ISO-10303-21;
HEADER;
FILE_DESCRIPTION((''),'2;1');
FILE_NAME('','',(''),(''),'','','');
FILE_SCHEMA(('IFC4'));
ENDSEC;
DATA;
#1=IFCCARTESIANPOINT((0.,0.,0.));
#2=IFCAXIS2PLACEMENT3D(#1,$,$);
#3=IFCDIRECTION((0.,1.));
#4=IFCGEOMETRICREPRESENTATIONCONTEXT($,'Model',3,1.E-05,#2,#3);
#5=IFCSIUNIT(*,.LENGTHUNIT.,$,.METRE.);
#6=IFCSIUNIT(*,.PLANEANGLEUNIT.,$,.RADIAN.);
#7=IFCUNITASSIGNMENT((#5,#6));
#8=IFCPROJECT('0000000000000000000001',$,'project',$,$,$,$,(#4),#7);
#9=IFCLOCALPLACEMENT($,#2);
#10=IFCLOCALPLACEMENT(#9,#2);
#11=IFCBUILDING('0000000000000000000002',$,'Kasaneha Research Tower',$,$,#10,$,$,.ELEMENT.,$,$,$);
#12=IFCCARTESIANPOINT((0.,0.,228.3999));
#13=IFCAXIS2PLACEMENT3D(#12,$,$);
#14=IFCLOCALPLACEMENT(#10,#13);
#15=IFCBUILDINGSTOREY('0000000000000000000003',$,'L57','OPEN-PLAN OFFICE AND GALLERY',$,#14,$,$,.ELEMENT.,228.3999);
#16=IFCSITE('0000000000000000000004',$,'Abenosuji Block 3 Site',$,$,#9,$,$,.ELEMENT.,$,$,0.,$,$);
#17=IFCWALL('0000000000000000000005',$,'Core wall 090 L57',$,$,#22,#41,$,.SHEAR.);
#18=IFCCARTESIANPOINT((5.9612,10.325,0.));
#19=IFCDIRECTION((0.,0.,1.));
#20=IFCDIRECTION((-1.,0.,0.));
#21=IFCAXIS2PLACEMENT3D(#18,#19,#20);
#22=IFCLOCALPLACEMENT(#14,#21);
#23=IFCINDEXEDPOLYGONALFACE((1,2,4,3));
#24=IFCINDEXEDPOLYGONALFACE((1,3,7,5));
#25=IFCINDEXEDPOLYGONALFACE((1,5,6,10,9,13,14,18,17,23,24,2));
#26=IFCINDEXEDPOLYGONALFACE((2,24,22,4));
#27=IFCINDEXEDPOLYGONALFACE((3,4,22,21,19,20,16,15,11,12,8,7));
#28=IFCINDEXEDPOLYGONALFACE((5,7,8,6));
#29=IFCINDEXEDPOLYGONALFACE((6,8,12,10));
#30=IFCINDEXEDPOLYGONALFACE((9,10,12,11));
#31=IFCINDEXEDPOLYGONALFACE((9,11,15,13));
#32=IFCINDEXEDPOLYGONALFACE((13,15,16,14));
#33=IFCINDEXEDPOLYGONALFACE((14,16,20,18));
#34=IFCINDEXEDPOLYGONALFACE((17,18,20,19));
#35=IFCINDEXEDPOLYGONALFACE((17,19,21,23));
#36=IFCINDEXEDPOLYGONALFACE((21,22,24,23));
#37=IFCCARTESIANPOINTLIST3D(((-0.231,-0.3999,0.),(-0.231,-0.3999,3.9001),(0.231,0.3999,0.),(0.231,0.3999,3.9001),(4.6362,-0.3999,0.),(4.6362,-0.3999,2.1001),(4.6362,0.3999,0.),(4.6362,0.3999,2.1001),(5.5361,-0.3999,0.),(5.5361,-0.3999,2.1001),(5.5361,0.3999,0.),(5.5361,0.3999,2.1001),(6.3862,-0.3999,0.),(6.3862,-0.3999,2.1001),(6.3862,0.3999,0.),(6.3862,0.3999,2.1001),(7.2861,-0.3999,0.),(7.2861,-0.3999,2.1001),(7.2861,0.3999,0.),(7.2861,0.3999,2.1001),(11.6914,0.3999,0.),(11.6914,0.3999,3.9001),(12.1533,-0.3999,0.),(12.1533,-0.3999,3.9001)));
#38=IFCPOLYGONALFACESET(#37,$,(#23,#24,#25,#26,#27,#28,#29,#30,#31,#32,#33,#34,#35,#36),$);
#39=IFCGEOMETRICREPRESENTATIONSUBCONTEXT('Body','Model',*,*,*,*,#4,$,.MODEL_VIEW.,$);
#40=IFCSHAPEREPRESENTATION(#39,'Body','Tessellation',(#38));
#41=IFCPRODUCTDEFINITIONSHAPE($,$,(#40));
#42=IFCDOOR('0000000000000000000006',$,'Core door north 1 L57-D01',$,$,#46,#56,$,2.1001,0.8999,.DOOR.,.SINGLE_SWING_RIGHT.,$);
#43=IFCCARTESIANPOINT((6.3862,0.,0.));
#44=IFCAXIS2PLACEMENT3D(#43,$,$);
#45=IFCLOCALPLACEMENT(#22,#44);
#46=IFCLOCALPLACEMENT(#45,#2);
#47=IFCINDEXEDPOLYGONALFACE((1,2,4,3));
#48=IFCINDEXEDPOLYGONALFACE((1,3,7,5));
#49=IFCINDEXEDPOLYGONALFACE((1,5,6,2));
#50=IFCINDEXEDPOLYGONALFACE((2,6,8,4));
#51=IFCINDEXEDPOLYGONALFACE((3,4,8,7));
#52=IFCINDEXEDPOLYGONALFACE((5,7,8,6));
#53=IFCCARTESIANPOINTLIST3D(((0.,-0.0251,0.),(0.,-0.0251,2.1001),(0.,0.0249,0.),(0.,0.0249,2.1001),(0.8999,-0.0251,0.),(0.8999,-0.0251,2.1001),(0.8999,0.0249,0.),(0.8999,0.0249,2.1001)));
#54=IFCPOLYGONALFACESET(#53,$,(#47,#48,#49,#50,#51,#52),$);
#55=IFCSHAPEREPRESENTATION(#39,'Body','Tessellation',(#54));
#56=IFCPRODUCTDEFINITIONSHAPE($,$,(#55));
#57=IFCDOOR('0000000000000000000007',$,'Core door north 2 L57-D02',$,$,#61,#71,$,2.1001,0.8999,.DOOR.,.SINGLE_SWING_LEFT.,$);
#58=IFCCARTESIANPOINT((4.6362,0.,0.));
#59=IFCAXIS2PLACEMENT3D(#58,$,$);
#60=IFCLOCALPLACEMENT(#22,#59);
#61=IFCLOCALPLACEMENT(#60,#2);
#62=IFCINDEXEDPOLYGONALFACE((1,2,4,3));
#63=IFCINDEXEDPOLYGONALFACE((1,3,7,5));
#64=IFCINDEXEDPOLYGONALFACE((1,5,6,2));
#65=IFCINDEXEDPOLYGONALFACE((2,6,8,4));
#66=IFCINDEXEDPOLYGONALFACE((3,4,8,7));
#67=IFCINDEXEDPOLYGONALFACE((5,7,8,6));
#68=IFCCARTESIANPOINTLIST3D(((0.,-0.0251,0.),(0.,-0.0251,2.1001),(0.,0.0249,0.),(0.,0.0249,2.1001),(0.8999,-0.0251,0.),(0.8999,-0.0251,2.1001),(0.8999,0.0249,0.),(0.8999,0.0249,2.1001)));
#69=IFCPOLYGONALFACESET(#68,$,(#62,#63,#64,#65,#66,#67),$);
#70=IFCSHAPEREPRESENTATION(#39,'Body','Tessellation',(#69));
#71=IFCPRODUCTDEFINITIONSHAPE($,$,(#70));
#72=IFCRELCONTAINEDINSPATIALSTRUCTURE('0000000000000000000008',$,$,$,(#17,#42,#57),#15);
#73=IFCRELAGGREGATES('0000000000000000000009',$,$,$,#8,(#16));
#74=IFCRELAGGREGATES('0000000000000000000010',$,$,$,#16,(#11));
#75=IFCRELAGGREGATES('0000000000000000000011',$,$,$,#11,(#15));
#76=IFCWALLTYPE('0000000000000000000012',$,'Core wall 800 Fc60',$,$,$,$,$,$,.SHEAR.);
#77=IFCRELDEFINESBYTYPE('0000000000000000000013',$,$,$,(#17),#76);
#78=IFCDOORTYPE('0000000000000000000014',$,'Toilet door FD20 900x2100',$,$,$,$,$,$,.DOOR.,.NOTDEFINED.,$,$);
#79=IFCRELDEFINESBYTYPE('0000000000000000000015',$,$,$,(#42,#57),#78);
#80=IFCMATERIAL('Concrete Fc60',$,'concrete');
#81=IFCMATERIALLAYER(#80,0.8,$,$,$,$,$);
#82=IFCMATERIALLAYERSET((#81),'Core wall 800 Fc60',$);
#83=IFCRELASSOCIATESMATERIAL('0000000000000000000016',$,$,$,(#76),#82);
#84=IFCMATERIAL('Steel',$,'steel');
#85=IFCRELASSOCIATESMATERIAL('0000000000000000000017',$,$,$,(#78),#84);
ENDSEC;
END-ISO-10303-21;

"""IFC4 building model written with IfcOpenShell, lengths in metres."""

from ifc_helpers import new_model, si_unit, direction, frame, frame_2d, origin, place, context, subcontext, project, spatial, polyline, rectangle, outline, extrude, material, layer, layer_set, type_object, element, fill, save


model = new_model("IFC4")

# Units and contexts
model_context = context("Model", 3, precision=1e-05, world=origin(), true_north=direction((0.0, 1.0)))
body_context = subcontext(model_context, "Body", "Model", "MODEL_VIEW")
ifc_project = project(units=[si_unit("LENGTHUNIT", "METRE"), si_unit("PLANEANGLEUNIT", "RADIAN")], contexts=[model_context])

# Site, building, storey
site_placement = place(None, origin())
site = spatial("IfcSite", under=ifc_project, at=site_placement, Name="Abenosuji Block 3 Site", CompositionType="ELEMENT", RefElevation=0.0)
building_placement = place(site_placement, origin())
building = spatial("IfcBuilding", under=site, at=building_placement, Name="Kasaneha Research Tower", CompositionType="ELEMENT")
storey_placement = place(building_placement, frame((0.0, 0.0, 228.3999)))
storey = spatial("IfcBuildingStorey", under=building, at=storey_placement, Name="L57", Description="OPEN-PLAN OFFICE AND GALLERY", CompositionType="ELEMENT", Elevation=228.3999)

# Wall, openings, doors
ifc_material_1 = material(Name="Concrete Fc60", Category="concrete")
ifc_layer_1 = layer(ifc_material_1, 0.8)
ifc_layer_set_1 = layer_set([ifc_layer_1], Name="Core wall 800 Fc60")
wall_type_1 = type_object("IfcWallType", Name="Core wall 800 Fc60", PredefinedType="SHEAR", material=ifc_layer_set_1)
wall_1_placement = place(storey_placement, frame((5.9612, 10.325, 0.0), z_axis=(0.0, 0.0, 1.0), x_axis=(-1.0, 0.0, 0.0)))
wall_1 = element("IfcWall", 1, at=wall_1_placement, inside=storey, type_object=wall_type_1, Name="Core wall 090 L57", PredefinedType="SHEAR", context=body_context, shape_type="SweptSolid", body=[
    extrude(outline(polyline([(-0.231, -0.3999), (4.6362, -0.3999), (5.5361, -0.3999), (6.3862, -0.3999), (7.2861, -0.3999), (12.1533, -0.3999), (11.6914, 0.3999), (7.2861, 0.3999), (6.3862, 0.3999), (5.5361, 0.3999), (4.6362, 0.3999), (0.231, 0.3999), (-0.231, -0.3999)])), origin(), (0.0, 0.0, 1.0), 3.9001),
])
opening_1_placement = place(wall_1_placement, frame((6.3862, 0.0, 0.0)))
opening_1 = element("IfcOpeningElement", 2, at=opening_1_placement, cuts=wall_1, PredefinedType="OPENING", context=body_context, shape_type="SweptSolid", body=[
    extrude(rectangle(XDim=0.8999, YDim=2.1001, at=frame_2d((0.45, 1.05))), frame((0.0, 0.4102, 0.0), z_axis=(0.0, -1.0, 0.0), x_axis=(1.0, 0.0, 0.0)), (0.0, 0.0, 1.0), 0.8201),
])
opening_2_placement = place(wall_1_placement, frame((4.6362, 0.0, 0.0)))
opening_2 = element("IfcOpeningElement", 3, at=opening_2_placement, cuts=wall_1, PredefinedType="OPENING", context=body_context, shape_type="SweptSolid", body=[
    extrude(rectangle(XDim=0.8999, YDim=2.1001, at=frame_2d((0.45, 1.05))), frame((0.0, 0.4102, 0.0), z_axis=(0.0, -1.0, 0.0), x_axis=(1.0, 0.0, 0.0)), (0.0, 0.0, 1.0), 0.8201),
])
ifc_material_2 = material(Name="Steel", Category="steel")
door_type_1 = type_object("IfcDoorType", Name="Toilet door FD20 900x2100", OperationType="NOTDEFINED", PredefinedType="DOOR", material=ifc_material_2)
door_1_placement = place(opening_1_placement, origin())
door_1 = element("IfcDoor", 4, at=door_1_placement, inside=storey, type_object=door_type_1, Name="Core door north 1 L57-D01", OperationType="SINGLE_SWING_RIGHT", OverallHeight=2.1001, OverallWidth=0.8999, PredefinedType="DOOR", context=body_context, shape_type="SweptSolid", body=[
    extrude(rectangle(XDim=0.8999, YDim=2.1001, at=frame_2d((0.45, 1.05))), frame((0.0, 0.0249, 0.0), z_axis=(0.0, -1.0, 0.0), x_axis=(1.0, 0.0, 0.0)), (0.0, 0.0, 1.0), 0.05),
])
fill(opening_1, door_1)
door_2_placement = place(opening_2_placement, origin())
door_2 = element("IfcDoor", 5, at=door_2_placement, inside=storey, type_object=door_type_1, Name="Core door north 2 L57-D02", OperationType="SINGLE_SWING_LEFT", OverallHeight=2.1001, OverallWidth=0.8999, PredefinedType="DOOR", context=body_context, shape_type="SweptSolid", body=[
    extrude(rectangle(XDim=0.8999, YDim=2.1001, at=frame_2d((0.45, 1.05))), frame((0.0, 0.0249, 0.0), z_axis=(0.0, -1.0, 0.0), x_axis=(1.0, 0.0, 0.0)), (0.0, 0.0, 1.0), 0.05),
])
fill(opening_2, door_2)

save(model, "model.ifc")
